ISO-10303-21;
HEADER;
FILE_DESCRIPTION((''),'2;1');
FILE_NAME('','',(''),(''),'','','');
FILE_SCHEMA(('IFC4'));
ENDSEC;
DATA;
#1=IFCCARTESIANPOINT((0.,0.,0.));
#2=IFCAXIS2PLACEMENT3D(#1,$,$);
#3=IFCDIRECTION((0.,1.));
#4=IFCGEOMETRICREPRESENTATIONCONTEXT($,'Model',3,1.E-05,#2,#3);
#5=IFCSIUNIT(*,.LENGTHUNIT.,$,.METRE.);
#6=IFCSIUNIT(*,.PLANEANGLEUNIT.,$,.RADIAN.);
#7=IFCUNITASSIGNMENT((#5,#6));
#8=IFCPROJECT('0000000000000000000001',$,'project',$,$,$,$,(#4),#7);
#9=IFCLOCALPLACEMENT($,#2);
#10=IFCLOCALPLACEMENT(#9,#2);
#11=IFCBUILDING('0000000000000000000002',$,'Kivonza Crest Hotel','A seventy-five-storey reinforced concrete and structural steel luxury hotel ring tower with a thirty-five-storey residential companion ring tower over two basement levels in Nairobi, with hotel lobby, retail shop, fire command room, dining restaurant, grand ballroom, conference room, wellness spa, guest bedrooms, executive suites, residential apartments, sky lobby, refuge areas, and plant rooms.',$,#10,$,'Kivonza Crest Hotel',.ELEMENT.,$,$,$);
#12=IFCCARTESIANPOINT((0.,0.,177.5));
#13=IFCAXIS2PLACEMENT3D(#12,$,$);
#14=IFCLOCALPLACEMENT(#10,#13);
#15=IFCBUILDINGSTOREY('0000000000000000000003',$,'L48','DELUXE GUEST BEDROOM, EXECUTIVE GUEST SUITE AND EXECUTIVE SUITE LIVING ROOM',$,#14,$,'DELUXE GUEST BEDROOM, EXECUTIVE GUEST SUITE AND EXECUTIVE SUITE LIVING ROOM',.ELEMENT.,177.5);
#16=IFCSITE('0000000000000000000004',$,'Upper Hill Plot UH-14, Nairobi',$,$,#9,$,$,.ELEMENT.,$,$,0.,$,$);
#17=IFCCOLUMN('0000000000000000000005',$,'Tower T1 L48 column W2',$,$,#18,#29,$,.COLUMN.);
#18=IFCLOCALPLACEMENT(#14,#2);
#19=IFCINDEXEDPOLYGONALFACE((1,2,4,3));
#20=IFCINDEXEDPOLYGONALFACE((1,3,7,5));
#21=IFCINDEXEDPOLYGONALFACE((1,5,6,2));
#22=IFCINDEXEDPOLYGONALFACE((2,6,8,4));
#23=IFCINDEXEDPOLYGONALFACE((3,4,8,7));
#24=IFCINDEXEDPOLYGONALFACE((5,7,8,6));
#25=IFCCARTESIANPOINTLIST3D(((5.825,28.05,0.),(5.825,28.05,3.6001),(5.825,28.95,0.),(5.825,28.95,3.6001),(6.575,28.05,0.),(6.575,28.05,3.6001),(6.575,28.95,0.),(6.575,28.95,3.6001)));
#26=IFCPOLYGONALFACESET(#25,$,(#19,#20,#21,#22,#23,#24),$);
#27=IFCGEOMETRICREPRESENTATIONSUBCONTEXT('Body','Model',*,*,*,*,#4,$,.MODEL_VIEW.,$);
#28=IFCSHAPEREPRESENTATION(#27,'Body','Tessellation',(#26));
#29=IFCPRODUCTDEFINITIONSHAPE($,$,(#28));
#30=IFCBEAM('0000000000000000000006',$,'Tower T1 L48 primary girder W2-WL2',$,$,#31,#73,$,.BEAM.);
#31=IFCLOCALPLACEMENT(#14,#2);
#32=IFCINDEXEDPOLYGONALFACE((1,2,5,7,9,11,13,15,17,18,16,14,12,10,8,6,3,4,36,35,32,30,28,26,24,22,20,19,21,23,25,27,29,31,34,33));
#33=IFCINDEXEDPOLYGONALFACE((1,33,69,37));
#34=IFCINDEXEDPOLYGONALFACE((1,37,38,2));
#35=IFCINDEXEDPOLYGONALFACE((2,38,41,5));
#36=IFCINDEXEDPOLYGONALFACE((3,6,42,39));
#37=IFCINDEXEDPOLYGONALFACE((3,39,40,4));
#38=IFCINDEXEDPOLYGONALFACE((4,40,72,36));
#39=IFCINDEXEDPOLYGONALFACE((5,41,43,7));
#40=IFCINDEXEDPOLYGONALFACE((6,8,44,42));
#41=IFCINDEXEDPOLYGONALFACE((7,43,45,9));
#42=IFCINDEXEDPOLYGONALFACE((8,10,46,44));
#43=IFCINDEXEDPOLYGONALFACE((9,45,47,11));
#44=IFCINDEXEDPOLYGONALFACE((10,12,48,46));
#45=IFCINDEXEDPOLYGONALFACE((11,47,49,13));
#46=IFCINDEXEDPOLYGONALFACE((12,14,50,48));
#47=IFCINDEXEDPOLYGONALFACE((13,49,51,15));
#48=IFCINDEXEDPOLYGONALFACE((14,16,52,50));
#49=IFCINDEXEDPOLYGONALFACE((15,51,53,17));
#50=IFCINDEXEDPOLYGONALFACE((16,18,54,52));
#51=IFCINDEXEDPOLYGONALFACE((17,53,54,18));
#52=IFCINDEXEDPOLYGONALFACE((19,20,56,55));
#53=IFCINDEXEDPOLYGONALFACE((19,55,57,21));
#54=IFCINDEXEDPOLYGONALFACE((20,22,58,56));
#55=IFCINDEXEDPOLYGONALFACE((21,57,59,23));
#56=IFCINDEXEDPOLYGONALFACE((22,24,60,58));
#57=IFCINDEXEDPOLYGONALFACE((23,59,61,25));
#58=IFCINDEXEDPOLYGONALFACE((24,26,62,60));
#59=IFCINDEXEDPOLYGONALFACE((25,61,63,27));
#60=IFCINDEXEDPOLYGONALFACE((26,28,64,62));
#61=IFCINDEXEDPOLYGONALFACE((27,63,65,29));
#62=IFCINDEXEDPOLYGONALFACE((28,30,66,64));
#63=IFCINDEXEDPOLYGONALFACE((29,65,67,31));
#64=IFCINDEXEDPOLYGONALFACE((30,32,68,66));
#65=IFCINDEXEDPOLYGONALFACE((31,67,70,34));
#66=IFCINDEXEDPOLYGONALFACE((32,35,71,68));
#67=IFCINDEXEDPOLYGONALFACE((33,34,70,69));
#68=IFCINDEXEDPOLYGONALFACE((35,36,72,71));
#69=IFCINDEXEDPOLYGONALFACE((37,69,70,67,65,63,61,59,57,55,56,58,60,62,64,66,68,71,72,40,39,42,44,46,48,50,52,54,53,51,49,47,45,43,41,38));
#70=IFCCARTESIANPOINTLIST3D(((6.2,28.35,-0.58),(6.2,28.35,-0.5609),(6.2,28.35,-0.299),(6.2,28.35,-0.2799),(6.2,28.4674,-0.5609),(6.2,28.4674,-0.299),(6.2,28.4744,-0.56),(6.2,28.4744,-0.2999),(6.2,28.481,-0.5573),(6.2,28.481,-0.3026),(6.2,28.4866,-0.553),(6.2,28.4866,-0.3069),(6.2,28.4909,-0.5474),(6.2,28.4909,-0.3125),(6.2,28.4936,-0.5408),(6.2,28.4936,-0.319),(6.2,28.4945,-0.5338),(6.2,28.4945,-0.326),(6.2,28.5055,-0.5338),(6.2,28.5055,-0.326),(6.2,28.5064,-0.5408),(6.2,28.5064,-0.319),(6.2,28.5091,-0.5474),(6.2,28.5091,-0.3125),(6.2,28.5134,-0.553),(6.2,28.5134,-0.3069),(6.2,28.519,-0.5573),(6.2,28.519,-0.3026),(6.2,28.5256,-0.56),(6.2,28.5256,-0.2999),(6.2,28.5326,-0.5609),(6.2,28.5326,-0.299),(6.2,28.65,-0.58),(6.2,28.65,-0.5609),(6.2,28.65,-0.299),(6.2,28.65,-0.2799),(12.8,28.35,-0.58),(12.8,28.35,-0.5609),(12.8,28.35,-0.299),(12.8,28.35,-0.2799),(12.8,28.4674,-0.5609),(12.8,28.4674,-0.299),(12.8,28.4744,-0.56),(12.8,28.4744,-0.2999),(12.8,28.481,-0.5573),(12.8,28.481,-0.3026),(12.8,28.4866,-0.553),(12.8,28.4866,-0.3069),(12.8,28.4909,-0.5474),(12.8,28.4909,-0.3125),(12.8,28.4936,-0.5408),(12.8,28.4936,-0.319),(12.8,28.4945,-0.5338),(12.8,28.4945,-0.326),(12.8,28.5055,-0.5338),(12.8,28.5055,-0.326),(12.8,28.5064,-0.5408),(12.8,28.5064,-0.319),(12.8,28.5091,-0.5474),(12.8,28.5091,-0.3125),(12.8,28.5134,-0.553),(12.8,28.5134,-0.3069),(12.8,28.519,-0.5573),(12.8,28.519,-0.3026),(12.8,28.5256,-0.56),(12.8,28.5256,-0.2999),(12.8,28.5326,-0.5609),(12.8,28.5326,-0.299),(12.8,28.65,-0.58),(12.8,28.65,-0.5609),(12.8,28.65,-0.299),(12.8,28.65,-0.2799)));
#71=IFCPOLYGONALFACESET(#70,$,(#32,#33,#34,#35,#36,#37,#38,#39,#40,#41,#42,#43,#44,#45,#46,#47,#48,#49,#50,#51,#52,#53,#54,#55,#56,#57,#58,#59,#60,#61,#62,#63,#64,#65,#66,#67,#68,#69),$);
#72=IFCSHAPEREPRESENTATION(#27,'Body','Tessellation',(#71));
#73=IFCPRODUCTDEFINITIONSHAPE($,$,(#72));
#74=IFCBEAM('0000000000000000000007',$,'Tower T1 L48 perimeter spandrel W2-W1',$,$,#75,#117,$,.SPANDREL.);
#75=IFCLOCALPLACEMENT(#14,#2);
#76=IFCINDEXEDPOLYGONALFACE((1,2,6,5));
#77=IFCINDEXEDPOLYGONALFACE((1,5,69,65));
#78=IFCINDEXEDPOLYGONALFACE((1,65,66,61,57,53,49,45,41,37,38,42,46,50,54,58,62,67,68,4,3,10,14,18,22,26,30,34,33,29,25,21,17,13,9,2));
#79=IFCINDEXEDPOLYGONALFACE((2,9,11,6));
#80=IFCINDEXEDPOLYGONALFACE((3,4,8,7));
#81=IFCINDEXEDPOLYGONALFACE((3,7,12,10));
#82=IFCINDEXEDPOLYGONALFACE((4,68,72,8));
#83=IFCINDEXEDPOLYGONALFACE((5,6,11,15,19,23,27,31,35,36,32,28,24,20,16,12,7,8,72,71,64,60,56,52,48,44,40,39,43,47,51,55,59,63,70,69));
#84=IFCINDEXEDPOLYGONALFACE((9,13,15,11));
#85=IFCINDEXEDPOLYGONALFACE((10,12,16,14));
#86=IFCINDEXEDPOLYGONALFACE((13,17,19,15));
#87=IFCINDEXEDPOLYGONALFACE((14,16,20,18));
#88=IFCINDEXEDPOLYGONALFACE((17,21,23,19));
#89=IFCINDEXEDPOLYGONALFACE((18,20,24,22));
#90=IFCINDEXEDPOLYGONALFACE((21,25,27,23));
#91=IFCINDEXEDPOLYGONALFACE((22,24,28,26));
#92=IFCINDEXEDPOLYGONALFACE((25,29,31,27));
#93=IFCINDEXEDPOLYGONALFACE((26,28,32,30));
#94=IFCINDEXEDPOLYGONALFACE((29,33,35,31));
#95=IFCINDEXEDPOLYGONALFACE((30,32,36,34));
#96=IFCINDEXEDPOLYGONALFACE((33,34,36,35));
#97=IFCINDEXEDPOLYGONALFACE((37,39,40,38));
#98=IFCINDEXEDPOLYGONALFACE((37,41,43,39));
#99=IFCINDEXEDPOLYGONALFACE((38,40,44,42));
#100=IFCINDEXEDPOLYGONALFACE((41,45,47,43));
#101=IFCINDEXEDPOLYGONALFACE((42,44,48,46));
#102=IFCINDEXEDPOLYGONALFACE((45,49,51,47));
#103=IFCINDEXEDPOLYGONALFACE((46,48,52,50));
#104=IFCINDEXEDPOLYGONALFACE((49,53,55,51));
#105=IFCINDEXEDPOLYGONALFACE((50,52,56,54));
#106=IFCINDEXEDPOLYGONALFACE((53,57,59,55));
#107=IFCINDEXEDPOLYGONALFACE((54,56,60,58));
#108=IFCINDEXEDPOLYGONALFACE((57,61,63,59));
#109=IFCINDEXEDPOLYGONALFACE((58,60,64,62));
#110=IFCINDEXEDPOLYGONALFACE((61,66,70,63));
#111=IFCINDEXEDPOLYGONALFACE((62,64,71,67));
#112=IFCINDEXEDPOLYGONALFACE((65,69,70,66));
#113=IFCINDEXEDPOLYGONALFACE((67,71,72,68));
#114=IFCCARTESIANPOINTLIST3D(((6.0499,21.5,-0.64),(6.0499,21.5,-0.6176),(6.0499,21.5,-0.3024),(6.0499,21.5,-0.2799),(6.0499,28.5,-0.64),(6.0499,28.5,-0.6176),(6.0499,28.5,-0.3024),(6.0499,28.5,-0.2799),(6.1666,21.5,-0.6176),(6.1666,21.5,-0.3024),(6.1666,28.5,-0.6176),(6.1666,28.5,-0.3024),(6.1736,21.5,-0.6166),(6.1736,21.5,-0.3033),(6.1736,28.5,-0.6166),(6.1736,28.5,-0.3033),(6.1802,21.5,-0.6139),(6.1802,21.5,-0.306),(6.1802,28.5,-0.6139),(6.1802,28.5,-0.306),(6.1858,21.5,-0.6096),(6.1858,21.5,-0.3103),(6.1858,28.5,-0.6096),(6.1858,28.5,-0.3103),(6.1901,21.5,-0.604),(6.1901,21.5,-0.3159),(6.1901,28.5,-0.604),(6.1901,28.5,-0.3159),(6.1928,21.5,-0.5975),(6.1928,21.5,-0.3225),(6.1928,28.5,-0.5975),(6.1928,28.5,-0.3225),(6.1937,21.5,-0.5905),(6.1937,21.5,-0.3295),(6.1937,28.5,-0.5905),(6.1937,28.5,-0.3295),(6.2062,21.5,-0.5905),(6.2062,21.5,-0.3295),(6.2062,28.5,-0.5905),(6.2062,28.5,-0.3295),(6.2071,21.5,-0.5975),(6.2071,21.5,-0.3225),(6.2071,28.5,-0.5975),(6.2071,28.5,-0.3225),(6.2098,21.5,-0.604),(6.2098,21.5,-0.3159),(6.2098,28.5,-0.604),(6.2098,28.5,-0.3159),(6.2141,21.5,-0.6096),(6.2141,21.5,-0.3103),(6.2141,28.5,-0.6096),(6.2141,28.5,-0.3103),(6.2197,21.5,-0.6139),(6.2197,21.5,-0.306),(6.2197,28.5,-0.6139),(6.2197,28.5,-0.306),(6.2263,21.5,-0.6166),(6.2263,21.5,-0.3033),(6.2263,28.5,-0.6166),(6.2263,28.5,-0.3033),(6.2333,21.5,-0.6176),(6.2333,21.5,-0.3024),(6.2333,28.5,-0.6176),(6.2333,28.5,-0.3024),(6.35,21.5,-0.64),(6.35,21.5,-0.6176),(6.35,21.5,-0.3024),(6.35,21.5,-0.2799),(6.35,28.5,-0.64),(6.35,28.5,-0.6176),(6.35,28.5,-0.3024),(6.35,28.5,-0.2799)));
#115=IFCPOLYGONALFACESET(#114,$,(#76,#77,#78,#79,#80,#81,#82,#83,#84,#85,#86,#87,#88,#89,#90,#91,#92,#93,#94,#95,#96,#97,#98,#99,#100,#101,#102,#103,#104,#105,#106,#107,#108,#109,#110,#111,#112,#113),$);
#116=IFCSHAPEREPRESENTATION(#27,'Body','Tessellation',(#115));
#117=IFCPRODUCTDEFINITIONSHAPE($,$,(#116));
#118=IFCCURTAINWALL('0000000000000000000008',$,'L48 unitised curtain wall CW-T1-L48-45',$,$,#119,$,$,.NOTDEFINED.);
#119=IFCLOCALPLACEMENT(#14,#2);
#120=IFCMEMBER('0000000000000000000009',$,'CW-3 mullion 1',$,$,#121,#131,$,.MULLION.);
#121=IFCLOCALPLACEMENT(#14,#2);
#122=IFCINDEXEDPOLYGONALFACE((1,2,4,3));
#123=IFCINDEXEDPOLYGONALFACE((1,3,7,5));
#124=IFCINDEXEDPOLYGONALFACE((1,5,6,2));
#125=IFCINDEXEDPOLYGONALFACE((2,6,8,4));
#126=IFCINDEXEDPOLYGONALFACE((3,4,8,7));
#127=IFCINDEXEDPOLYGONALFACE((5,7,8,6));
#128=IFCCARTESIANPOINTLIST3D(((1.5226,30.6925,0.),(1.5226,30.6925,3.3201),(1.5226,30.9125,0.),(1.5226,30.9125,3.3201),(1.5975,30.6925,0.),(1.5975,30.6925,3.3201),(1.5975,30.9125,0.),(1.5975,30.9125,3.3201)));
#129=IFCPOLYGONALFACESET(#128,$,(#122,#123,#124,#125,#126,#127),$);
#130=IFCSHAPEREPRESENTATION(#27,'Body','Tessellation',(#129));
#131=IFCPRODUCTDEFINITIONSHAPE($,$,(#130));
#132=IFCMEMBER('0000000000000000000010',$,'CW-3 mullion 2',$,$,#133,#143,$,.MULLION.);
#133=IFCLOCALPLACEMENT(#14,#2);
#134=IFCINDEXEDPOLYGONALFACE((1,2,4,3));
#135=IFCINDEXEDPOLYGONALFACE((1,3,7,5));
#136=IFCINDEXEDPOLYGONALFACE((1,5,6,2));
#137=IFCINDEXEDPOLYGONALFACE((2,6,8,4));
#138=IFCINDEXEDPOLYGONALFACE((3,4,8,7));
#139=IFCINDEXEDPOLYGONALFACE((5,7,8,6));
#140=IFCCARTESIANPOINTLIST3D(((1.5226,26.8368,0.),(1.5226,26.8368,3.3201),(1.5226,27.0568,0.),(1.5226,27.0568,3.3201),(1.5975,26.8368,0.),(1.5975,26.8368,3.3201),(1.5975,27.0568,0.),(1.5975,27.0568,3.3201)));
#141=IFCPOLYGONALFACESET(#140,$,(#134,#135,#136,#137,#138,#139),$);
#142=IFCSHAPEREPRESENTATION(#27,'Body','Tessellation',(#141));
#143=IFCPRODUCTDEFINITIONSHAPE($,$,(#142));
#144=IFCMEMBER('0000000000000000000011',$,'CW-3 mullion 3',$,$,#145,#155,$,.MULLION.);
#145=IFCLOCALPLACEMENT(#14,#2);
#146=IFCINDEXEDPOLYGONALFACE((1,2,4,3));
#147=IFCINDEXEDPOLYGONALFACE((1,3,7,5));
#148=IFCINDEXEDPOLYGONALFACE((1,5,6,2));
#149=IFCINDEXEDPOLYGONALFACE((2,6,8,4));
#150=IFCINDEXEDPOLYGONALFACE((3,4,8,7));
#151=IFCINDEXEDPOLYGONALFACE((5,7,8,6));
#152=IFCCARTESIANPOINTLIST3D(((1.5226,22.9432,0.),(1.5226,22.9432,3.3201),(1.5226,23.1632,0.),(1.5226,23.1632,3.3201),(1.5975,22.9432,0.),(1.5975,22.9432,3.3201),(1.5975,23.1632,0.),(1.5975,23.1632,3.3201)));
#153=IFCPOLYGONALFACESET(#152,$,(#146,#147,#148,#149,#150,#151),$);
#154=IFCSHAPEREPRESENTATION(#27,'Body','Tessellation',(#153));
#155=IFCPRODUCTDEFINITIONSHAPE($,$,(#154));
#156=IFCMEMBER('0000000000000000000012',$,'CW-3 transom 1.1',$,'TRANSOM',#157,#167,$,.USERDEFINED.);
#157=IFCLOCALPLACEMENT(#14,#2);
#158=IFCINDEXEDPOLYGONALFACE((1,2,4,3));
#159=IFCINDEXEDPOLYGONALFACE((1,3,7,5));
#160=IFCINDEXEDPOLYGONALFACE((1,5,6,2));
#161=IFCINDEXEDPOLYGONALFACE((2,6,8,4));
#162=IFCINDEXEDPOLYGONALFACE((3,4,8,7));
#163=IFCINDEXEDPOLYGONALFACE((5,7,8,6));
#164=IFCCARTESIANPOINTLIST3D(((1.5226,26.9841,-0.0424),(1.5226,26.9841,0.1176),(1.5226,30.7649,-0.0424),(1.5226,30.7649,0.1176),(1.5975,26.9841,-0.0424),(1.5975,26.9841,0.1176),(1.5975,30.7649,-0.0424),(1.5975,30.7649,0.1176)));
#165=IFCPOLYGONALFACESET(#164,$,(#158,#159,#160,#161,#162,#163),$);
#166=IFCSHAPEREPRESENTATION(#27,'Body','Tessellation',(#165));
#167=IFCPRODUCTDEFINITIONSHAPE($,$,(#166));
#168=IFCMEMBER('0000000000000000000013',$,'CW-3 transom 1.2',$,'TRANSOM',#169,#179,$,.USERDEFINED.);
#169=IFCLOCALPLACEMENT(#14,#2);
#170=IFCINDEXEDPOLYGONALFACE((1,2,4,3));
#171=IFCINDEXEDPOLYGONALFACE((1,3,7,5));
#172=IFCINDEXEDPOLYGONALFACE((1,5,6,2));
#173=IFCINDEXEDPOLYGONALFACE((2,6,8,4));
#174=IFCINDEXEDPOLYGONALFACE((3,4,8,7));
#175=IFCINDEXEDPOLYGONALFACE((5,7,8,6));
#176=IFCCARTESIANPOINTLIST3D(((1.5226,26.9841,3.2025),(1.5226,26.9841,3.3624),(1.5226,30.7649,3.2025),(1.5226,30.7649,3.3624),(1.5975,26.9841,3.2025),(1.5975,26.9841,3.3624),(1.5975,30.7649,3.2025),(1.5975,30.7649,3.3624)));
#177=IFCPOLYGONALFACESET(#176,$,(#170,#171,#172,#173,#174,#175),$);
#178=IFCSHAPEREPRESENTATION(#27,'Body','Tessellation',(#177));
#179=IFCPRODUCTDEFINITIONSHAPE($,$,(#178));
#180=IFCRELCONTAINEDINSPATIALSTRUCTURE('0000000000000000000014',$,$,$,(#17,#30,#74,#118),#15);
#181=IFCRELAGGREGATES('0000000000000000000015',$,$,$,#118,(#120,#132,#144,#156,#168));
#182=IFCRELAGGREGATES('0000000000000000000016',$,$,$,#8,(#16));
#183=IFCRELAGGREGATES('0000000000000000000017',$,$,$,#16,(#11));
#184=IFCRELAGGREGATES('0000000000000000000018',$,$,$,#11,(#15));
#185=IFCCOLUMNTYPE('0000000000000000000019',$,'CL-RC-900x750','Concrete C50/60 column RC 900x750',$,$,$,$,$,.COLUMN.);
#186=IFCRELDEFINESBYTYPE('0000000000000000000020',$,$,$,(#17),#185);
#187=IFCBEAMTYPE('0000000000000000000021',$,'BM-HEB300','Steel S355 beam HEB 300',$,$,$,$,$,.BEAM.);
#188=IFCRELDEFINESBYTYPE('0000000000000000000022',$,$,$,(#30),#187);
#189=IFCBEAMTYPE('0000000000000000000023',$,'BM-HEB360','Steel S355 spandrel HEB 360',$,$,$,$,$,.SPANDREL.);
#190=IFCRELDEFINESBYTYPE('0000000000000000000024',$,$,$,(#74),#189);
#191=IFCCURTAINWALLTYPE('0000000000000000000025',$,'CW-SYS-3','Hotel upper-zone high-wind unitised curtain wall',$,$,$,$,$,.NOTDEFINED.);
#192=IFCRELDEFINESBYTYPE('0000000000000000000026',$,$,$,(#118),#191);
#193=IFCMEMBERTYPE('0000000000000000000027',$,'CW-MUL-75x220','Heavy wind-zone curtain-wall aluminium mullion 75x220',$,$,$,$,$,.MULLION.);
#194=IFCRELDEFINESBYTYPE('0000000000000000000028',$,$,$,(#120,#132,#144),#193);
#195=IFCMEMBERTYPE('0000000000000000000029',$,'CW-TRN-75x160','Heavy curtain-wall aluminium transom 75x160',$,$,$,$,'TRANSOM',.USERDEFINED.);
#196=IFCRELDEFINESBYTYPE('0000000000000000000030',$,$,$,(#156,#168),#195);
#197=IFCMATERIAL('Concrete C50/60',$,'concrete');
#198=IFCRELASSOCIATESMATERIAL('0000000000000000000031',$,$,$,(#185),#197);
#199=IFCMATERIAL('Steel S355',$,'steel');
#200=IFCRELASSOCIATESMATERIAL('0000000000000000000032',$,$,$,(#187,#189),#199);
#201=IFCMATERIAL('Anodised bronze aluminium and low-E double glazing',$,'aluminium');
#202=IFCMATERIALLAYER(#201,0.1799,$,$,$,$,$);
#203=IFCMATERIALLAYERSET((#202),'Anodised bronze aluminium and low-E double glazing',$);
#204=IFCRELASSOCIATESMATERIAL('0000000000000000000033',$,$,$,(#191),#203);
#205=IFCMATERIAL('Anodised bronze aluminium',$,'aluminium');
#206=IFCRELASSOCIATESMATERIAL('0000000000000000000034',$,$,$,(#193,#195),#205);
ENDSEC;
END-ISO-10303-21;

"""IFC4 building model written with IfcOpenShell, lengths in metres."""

from ifc_helpers import new_model, si_unit, direction, frame, origin, origin_2d, place, context, subcontext, project, spatial, rectangle, i_section, extrude, material, layer, layer_set, material_profile, profile_set, type_object, element, aggregate, save


model = new_model("IFC4")

# Units and contexts
model_context = context("Model", 3, precision=1e-05, world=origin(), true_north=direction((0.0, 1.0)))
body_context = subcontext(model_context, "Body", "Model", "MODEL_VIEW")
ifc_project = project(units=[si_unit("LENGTHUNIT", "METRE"), si_unit("PLANEANGLEUNIT", "RADIAN")], contexts=[model_context])

# Site, building, storey
site_placement = place(None, origin())
site = spatial("IfcSite", under=ifc_project, at=site_placement, Name="Upper Hill Plot UH-14, Nairobi", CompositionType="ELEMENT", RefElevation=0.0)
building_placement = place(site_placement, origin())
building = spatial("IfcBuilding", under=site, at=building_placement, Name="Kivonza Crest Hotel", Description="A seventy-five-storey reinforced concrete and structural steel luxury hotel ring tower with a thirty-five-storey residential companion ring tower over two basement levels in Nairobi, with hotel lobby, retail shop, fire command room, dining restaurant, grand ballroom, conference room, wellness spa, guest bedrooms, executive suites, residential apartments, sky lobby, refuge areas, and plant rooms.", LongName="Kivonza Crest Hotel", CompositionType="ELEMENT")
storey_placement = place(building_placement, frame((0.0, 0.0, 177.5)))
storey = spatial("IfcBuildingStorey", under=building, at=storey_placement, Name="L48", Description="DELUXE GUEST BEDROOM, EXECUTIVE GUEST SUITE AND EXECUTIVE SUITE LIVING ROOM", LongName="DELUXE GUEST BEDROOM, EXECUTIVE GUEST SUITE AND EXECUTIVE SUITE LIVING ROOM", CompositionType="ELEMENT", Elevation=177.5)

# Column
ifc_material_1 = material(Name="Concrete C50/60", Category="concrete")
ifc_material_profile_1 = material_profile(ifc_material_1, rectangle(XDim=0.75, YDim=0.8999, at=origin_2d()), Name="RC 900x750")
ifc_profile_set_1 = profile_set([ifc_material_profile_1], Name="Concrete C50/60")
column_type = type_object("IfcColumnType", Name="CL-RC-900x750", Description="Concrete C50/60 column RC 900x750", PredefinedType="COLUMN", material=ifc_profile_set_1)
column_placement = place(storey_placement, frame((6.2, 28.5, 0.0), z_axis=(0.0, 0.0, 1.0), x_axis=(1.0, 0.0, 0.0)))
element("IfcColumn", 1, at=column_placement, inside=storey, type_object=column_type, Name="Tower T1 L48 column W2", PredefinedType="COLUMN", context=body_context, shape_type="SweptSolid", body=[
    extrude(rectangle(XDim=0.75, YDim=0.8999, at=origin_2d()), origin(), (0.0, 0.0, 1.0), 3.6001),
])

# Beams
ifc_material_2 = material(Name="Steel S355", Category="steel")
ifc_material_profile_2 = material_profile(ifc_material_2, i_section(OverallWidth=0.3, OverallDepth=0.3, WebThickness=0.011, FlangeThickness=0.019, FilletRadius=0.0271, at=origin_2d()), Name="HEB 300")
ifc_profile_set_2 = profile_set([ifc_material_profile_2], Name="Steel S355")
beam_type_1 = type_object("IfcBeamType", Name="BM-HEB300", Description="Steel S355 beam HEB 300", PredefinedType="BEAM", material=ifc_profile_set_2)
beam_1_placement = place(storey_placement, frame((6.2, 28.5, -0.4299), z_axis=(1.0, 0.0, 0.0), x_axis=(0.0, 1.0, 0.0)))
element("IfcBeam", 2, at=beam_1_placement, inside=storey, type_object=beam_type_1, Name="Tower T1 L48 primary girder W2-WL2", PredefinedType="BEAM", context=body_context, shape_type="SweptSolid", body=[
    extrude(i_section(OverallWidth=0.3, OverallDepth=0.3, WebThickness=0.011, FlangeThickness=0.019, FilletRadius=0.0271, at=origin_2d()), origin(), (0.0, 0.0, 1.0), 6.6001),
])
ifc_material_profile_3 = material_profile(ifc_material_2, i_section(OverallWidth=0.3, OverallDepth=0.3601, WebThickness=0.0125, FlangeThickness=0.0225, FilletRadius=0.0271, at=origin_2d()), Name="HEB 360")
ifc_profile_set_3 = profile_set([ifc_material_profile_3], Name="Steel S355")
beam_type_2 = type_object("IfcBeamType", Name="BM-HEB360", Description="Steel S355 spandrel HEB 360", PredefinedType="SPANDREL", material=ifc_profile_set_3)
beam_2_placement = place(storey_placement, frame((6.2, 28.5, -0.46), z_axis=(0.0, -1.0, 0.0), x_axis=(1.0, 0.0, 0.0)))
element("IfcBeam", 3, at=beam_2_placement, inside=storey, type_object=beam_type_2, Name="Tower T1 L48 perimeter spandrel W2-W1", PredefinedType="SPANDREL", context=body_context, shape_type="SweptSolid", body=[
    extrude(i_section(OverallWidth=0.3, OverallDepth=0.3601, WebThickness=0.0125, FlangeThickness=0.0225, FilletRadius=0.0271, at=origin_2d()), origin(), (0.0, 0.0, 1.0), 7.0),
])

# Curtain wall, members
ifc_material_3 = material(Name="Anodised bronze aluminium and low-E double glazing", Category="aluminium")
ifc_layer_1 = layer(ifc_material_3, 0.1799)
ifc_layer_set_1 = layer_set([ifc_layer_1], Name="Anodised bronze aluminium and low-E double glazing")
curtain_wall_type = type_object("IfcCurtainWallType", Name="CW-SYS-3", Description="Hotel upper-zone high-wind unitised curtain wall", PredefinedType="NOTDEFINED", material=ifc_layer_set_1)
curtain_wall_placement = place(storey_placement, origin())
curtain_wall = element("IfcCurtainWall", 4, at=curtain_wall_placement, inside=storey, type_object=curtain_wall_type, Name="L48 unitised curtain wall CW-T1-L48-45", PredefinedType="NOTDEFINED")
ifc_material_4 = material(Name="Anodised bronze aluminium", Category="aluminium")
ifc_material_profile_4 = material_profile(ifc_material_4, rectangle(XDim=0.075, YDim=0.22, at=origin_2d()), Name="CW-M 75x220")
ifc_profile_set_4 = profile_set([ifc_material_profile_4], Name="Anodised bronze aluminium")
member_type_1 = type_object("IfcMemberType", Name="CW-MUL-75x220", Description="Heavy wind-zone curtain-wall aluminium mullion 75x220", PredefinedType="MULLION", material=ifc_profile_set_4)
member_1_placement = place(storey_placement, frame((1.5601, 30.8025, 0.0), z_axis=(0.0, 0.0, 1.0), x_axis=(1.0, 0.0, 0.0)))
member_1 = element("IfcMember", 5, at=member_1_placement, type_object=member_type_1, Name="CW-3 mullion 1", PredefinedType="MULLION", context=body_context, shape_type="SweptSolid", body=[
    extrude(rectangle(XDim=0.075, YDim=0.22, at=origin_2d()), origin(), (0.0, 0.0, 1.0), 3.3201),
])
member_2_placement = place(storey_placement, frame((1.5601, 26.9468, 0.0), z_axis=(0.0, 0.0, 1.0), x_axis=(1.0, 0.0, 0.0)))
member_2 = element("IfcMember", 6, at=member_2_placement, type_object=member_type_1, Name="CW-3 mullion 2", PredefinedType="MULLION", context=body_context, shape_type="SweptSolid", body=[
    extrude(rectangle(XDim=0.075, YDim=0.22, at=origin_2d()), origin(), (0.0, 0.0, 1.0), 3.3201),
])
member_3_placement = place(storey_placement, frame((1.5601, 23.0532, 0.0), z_axis=(0.0, 0.0, 1.0), x_axis=(1.0, 0.0, 0.0)))
member_3 = element("IfcMember", 7, at=member_3_placement, type_object=member_type_1, Name="CW-3 mullion 3", PredefinedType="MULLION", context=body_context, shape_type="SweptSolid", body=[
    extrude(rectangle(XDim=0.075, YDim=0.22, at=origin_2d()), origin(), (0.0, 0.0, 1.0), 3.3201),
])
ifc_material_profile_5 = material_profile(ifc_material_4, rectangle(XDim=0.075, YDim=0.1599, at=origin_2d()), Name="CW-T 75x160")
ifc_profile_set_5 = profile_set([ifc_material_profile_5], Name="Anodised bronze aluminium")
member_type_2 = type_object("IfcMemberType", Name="CW-TRN-75x160", Description="Heavy curtain-wall aluminium transom 75x160", ElementType="TRANSOM", PredefinedType="USERDEFINED", material=ifc_profile_set_5)
member_4_placement = place(storey_placement, frame((1.5601, 30.7649, 0.0376), z_axis=(0.0, -1.0, 0.0), x_axis=(1.0, 0.0, 0.0)))
member_4 = element("IfcMember", 8, at=member_4_placement, type_object=member_type_2, Name="CW-3 transom 1.1", ObjectType="TRANSOM", PredefinedType="USERDEFINED", context=body_context, shape_type="SweptSolid", body=[
    extrude(rectangle(XDim=0.075, YDim=0.1599, at=origin_2d()), origin(), (0.0, 0.0, 1.0), 3.7808),
])
member_5_placement = place(storey_placement, frame((1.5601, 30.7649, 3.2825), z_axis=(0.0, -1.0, 0.0), x_axis=(1.0, 0.0, 0.0)))
member_5 = element("IfcMember", 9, at=member_5_placement, type_object=member_type_2, Name="CW-3 transom 1.2", ObjectType="TRANSOM", PredefinedType="USERDEFINED", context=body_context, shape_type="SweptSolid", body=[
    extrude(rectangle(XDim=0.075, YDim=0.1599, at=origin_2d()), origin(), (0.0, 0.0, 1.0), 3.7808),
])
aggregate(curtain_wall, [member_1, member_2, member_3, member_4, member_5])

save(model, "model.ifc")
